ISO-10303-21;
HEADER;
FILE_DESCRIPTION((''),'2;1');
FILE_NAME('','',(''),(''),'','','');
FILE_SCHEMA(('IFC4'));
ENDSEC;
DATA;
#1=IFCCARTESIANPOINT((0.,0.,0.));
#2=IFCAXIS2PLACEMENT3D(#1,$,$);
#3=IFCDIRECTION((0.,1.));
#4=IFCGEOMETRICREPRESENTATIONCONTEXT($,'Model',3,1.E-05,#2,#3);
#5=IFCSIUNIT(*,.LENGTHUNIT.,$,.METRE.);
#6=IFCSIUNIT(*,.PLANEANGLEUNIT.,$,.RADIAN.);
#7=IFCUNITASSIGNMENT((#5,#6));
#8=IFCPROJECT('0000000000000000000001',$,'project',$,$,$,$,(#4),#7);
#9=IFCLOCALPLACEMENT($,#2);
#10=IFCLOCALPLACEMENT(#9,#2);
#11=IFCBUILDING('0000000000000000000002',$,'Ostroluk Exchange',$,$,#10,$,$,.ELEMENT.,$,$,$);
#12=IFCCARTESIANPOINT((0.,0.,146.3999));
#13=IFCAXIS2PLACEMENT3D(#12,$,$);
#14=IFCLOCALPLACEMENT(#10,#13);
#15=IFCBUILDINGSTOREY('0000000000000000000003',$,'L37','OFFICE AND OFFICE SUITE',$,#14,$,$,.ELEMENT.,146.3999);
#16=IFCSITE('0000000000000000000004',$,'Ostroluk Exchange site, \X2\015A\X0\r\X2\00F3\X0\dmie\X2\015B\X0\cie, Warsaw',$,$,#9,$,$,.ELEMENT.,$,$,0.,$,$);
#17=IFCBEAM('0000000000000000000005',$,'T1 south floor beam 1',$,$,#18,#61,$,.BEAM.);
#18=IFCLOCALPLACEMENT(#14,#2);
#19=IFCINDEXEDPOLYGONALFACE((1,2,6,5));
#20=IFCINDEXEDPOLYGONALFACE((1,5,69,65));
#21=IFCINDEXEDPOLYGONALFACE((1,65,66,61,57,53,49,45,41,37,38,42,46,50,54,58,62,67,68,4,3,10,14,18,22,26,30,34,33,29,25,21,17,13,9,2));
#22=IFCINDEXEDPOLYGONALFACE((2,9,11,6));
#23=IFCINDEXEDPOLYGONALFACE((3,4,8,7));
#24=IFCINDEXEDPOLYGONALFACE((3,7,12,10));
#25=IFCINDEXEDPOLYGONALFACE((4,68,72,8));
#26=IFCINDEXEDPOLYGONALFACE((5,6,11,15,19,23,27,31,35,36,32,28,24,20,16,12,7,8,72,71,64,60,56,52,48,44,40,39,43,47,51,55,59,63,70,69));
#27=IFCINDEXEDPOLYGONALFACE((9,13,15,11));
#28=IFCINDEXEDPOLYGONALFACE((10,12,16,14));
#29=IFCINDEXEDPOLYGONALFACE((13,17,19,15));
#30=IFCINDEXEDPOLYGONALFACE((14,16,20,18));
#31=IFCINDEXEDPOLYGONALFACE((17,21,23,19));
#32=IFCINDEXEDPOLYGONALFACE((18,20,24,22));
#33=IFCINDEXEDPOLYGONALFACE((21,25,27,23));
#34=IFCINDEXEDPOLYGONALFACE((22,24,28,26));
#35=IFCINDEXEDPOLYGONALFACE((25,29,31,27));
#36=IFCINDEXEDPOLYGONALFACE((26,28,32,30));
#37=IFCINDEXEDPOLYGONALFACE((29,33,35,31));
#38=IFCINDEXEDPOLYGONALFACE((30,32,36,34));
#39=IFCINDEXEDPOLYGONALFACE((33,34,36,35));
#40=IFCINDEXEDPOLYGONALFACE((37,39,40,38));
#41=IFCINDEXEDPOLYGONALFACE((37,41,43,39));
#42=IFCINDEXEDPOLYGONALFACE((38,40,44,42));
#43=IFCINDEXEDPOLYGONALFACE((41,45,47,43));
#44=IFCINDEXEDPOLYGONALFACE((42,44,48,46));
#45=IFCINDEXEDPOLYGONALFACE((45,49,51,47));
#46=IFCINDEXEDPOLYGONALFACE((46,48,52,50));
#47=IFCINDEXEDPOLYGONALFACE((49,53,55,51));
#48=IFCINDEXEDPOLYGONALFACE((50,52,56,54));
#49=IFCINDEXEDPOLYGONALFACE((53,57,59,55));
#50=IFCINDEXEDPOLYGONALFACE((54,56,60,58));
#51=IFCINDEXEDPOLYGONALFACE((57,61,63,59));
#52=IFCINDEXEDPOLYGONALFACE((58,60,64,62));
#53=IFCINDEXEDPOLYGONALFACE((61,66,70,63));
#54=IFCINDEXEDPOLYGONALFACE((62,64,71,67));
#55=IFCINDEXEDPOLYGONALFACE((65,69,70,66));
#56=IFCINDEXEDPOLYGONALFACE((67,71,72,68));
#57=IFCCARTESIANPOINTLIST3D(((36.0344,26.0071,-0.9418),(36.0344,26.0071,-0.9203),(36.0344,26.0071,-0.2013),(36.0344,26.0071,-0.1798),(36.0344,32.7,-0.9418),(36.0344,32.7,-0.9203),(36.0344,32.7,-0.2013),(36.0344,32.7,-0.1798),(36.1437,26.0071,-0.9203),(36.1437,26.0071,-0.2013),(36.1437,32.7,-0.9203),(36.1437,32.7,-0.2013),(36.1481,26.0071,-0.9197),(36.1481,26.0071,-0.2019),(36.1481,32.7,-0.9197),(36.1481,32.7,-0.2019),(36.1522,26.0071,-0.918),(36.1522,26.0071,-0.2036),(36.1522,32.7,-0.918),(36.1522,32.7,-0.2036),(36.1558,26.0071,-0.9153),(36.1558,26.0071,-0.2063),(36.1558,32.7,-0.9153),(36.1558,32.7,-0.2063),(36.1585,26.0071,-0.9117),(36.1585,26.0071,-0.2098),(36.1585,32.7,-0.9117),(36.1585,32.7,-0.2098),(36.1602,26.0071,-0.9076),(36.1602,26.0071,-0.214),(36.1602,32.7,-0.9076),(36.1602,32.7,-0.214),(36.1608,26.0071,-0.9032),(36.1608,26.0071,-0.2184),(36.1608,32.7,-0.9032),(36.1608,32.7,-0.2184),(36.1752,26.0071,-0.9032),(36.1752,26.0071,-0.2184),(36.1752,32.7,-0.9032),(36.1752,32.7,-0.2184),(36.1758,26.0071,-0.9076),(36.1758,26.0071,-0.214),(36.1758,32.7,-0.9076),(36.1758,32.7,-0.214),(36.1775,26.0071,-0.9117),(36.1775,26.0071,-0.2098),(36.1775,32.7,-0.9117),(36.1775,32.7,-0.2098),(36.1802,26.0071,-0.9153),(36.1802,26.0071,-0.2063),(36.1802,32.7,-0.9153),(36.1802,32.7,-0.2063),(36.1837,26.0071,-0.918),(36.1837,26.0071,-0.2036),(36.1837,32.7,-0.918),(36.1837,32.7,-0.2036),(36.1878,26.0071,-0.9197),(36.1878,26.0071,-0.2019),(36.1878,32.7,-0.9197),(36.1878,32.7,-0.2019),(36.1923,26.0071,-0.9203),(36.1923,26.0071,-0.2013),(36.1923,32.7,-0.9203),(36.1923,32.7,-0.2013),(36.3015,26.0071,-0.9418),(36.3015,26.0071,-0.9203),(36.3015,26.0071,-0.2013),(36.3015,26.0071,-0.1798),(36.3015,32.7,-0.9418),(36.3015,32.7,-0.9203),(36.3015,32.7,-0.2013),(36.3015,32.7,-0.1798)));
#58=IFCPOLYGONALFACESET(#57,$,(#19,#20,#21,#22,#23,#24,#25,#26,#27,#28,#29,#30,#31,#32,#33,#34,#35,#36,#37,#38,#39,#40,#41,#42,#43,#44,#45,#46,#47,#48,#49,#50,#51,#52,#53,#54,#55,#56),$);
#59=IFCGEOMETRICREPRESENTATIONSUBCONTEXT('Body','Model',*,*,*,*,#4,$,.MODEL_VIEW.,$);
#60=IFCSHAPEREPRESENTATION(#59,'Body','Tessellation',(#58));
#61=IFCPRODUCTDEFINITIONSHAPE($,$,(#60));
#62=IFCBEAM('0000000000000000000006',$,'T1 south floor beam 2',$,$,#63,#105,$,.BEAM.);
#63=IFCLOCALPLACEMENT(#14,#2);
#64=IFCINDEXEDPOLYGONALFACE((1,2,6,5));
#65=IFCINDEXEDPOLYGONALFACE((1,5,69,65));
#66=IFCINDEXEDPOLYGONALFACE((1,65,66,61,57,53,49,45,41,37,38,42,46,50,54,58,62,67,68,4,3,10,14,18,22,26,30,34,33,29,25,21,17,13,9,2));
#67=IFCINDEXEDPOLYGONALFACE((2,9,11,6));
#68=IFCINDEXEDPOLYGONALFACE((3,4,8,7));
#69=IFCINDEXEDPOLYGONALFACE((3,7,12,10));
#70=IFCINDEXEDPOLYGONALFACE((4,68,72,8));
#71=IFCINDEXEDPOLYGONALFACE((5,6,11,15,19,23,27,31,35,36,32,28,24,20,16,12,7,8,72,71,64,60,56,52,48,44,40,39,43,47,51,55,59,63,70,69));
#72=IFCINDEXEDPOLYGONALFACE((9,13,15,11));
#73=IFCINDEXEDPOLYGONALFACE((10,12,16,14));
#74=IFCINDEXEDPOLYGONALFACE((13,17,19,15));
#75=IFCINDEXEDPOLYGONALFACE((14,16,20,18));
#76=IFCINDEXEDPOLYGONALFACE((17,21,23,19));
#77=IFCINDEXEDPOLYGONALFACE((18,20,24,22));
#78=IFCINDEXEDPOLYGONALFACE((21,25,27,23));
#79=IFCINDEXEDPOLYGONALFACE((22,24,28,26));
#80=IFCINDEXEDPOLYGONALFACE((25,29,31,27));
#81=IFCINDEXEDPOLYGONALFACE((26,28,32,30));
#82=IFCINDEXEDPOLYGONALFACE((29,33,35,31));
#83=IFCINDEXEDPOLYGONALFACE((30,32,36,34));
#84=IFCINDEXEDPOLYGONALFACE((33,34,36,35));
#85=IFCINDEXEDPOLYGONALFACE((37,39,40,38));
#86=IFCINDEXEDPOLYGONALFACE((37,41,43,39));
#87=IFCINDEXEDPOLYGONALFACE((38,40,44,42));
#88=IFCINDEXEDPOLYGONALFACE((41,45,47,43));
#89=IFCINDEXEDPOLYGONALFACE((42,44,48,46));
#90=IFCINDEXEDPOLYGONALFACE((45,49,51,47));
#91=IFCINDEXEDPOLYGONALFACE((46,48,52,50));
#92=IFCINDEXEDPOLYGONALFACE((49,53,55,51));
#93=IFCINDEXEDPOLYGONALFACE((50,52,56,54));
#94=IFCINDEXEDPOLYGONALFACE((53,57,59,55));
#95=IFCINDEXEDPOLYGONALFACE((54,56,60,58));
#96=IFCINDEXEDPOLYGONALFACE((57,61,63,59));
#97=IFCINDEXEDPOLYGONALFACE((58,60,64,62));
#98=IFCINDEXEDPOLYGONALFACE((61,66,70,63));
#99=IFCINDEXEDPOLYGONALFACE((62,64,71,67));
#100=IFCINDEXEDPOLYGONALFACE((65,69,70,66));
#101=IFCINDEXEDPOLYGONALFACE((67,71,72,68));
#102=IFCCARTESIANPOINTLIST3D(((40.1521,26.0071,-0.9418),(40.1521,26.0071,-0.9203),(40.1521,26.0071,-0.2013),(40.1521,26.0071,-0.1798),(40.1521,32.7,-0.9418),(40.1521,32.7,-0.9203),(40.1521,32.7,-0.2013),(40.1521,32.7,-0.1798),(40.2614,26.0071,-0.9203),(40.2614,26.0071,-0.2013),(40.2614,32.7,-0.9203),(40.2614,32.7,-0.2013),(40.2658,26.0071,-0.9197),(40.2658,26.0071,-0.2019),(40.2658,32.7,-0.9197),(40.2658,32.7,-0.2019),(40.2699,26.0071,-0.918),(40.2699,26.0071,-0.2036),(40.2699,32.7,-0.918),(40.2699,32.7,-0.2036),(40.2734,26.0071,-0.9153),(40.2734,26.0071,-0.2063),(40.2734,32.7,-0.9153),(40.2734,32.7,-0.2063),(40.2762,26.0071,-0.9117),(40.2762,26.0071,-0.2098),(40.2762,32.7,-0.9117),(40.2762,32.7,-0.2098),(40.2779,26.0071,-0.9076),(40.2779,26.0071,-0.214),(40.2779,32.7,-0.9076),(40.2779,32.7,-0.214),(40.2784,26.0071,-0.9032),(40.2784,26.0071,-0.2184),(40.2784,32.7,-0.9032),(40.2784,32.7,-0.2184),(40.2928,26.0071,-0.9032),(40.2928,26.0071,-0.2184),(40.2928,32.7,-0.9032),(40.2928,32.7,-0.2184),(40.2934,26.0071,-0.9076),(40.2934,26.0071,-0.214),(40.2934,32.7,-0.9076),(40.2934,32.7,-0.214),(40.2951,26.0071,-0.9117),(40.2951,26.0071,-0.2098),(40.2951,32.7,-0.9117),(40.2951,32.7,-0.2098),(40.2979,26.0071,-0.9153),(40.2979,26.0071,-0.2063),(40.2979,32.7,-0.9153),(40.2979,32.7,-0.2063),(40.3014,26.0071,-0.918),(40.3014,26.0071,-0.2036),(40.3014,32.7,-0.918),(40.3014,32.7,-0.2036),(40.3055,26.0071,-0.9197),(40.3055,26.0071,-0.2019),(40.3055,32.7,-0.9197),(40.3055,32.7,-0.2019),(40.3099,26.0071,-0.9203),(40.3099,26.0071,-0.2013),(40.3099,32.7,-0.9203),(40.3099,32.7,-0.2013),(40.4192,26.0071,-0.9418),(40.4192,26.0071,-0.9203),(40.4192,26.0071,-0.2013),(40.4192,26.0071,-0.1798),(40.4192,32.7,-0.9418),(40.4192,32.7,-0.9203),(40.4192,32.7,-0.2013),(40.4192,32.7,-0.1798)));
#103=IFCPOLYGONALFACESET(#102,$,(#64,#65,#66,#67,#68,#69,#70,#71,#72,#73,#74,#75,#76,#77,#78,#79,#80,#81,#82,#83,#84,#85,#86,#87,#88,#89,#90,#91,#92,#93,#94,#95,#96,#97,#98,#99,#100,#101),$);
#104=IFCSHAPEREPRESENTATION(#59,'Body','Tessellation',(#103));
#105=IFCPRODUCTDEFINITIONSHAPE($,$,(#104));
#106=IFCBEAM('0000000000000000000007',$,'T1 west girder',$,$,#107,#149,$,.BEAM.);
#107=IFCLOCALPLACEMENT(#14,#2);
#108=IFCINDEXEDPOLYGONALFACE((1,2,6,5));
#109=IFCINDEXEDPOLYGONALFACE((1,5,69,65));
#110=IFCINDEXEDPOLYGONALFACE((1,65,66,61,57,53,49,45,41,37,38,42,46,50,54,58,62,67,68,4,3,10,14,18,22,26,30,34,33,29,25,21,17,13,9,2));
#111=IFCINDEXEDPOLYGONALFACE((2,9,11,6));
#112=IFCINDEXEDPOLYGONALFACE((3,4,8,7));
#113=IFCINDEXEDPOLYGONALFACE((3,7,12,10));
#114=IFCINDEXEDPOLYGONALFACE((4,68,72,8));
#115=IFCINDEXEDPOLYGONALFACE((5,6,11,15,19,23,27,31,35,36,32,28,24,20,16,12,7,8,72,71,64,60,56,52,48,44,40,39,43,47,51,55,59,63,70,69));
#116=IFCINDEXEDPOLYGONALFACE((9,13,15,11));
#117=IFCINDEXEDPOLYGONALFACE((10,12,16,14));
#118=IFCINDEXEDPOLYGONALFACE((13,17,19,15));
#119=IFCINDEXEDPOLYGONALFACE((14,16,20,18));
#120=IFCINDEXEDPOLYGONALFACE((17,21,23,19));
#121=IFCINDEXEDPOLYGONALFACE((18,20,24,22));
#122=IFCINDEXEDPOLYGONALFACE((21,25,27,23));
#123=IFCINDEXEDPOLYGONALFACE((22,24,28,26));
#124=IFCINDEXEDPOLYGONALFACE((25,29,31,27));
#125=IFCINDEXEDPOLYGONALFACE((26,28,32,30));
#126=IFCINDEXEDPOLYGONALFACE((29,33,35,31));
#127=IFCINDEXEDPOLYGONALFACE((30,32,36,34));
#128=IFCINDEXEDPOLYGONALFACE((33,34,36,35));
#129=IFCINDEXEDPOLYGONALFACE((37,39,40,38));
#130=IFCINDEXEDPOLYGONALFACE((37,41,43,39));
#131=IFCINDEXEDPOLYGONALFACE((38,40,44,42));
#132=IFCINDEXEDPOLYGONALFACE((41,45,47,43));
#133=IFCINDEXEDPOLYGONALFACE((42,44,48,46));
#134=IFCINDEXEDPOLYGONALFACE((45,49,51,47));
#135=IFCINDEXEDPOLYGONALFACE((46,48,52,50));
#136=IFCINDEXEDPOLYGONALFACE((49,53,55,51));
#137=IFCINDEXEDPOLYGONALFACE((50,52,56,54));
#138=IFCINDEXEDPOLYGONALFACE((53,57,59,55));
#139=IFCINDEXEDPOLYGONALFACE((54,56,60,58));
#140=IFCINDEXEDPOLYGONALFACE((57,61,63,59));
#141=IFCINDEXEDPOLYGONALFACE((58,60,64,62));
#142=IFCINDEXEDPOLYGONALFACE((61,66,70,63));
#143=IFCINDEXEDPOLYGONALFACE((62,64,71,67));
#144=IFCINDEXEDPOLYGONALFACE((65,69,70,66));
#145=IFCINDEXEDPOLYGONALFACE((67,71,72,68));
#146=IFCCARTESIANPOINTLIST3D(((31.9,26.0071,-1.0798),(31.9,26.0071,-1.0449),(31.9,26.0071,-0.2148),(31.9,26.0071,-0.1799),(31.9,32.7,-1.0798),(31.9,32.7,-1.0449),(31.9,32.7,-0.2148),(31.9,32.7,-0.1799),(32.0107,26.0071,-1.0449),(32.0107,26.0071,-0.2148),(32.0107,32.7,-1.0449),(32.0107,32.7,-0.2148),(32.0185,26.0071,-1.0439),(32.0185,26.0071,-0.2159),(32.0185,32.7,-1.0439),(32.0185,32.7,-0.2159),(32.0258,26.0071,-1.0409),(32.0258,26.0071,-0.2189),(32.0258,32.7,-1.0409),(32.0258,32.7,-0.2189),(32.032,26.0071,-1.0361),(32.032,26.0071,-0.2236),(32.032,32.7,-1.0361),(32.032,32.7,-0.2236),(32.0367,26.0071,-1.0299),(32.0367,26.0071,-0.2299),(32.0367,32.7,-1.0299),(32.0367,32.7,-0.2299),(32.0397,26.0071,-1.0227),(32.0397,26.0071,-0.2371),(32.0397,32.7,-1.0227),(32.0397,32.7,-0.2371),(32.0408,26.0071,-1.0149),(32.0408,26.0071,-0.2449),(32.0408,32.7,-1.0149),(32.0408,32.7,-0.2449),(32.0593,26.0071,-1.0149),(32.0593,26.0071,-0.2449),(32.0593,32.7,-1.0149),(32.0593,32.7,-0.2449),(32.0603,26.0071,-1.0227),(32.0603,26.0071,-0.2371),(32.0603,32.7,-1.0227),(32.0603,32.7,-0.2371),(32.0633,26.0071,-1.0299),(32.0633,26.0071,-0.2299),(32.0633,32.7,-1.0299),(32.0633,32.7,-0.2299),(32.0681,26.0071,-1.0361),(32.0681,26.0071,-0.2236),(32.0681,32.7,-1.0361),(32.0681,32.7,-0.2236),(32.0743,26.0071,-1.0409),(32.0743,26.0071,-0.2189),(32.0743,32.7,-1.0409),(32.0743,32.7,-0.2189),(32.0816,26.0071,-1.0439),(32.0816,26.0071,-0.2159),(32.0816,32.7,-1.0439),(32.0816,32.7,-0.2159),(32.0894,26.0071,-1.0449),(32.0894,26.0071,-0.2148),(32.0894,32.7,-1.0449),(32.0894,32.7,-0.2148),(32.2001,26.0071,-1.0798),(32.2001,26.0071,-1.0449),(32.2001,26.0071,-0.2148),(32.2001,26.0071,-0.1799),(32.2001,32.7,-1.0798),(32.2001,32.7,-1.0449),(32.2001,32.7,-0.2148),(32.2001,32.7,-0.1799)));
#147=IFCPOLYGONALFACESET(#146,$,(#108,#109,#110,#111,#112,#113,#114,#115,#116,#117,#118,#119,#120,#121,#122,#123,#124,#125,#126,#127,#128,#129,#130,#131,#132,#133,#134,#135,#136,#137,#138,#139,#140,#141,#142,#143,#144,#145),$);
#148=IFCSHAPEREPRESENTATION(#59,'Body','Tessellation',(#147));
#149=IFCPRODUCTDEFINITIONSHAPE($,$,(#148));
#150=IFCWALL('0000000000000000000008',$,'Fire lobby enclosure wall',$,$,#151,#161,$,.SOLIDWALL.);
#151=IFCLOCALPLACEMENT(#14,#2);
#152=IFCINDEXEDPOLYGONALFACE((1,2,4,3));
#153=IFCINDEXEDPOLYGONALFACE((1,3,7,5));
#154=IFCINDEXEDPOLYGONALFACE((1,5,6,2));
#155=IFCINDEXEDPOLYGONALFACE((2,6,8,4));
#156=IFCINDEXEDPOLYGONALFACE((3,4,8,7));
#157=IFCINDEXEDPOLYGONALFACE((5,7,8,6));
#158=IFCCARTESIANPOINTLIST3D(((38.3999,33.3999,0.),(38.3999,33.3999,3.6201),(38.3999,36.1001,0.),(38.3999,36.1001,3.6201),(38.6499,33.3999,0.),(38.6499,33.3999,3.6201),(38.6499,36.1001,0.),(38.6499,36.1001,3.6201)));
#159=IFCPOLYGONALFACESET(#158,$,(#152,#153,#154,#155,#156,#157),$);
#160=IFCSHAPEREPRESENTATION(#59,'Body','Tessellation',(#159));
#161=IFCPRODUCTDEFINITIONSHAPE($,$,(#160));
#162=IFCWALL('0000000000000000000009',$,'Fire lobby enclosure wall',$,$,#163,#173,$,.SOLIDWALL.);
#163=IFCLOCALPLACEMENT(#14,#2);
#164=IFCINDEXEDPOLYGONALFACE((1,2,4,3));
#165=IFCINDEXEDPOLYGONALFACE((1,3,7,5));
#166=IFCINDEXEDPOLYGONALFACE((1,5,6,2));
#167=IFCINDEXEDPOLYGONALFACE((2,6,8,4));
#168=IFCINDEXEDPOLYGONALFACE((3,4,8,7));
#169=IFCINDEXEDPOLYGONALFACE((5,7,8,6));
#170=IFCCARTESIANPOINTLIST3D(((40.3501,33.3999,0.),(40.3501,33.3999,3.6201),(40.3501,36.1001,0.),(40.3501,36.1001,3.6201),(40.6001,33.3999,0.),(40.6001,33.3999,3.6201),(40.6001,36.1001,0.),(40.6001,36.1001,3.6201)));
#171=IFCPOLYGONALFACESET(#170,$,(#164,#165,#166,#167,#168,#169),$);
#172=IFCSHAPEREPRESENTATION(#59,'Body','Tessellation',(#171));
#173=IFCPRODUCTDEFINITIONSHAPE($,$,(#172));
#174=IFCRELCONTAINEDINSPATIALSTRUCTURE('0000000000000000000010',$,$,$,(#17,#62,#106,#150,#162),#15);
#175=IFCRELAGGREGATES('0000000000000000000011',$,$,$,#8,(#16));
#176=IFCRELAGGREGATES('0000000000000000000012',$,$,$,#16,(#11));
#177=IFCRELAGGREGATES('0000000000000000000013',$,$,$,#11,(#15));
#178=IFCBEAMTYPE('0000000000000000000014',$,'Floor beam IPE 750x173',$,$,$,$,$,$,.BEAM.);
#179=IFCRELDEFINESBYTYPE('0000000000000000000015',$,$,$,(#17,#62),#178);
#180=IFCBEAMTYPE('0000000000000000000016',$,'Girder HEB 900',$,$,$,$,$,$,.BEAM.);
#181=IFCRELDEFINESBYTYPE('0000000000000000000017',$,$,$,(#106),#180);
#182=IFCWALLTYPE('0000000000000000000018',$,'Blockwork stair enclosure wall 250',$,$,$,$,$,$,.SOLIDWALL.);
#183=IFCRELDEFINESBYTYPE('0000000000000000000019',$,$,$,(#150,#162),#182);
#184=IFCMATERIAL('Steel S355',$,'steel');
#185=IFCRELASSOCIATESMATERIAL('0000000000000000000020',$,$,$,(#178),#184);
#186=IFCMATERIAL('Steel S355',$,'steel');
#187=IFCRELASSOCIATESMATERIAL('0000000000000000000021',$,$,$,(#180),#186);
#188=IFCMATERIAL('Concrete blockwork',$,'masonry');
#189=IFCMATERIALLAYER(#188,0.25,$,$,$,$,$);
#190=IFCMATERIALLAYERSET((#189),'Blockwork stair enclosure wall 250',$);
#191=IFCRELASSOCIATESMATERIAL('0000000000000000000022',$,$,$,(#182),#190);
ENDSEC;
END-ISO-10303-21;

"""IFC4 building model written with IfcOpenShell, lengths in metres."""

from ifc_helpers import new_model, si_unit, direction, frame, frame_2d, origin, origin_2d, place, context, subcontext, project, spatial, rectangle, i_section, extrude, material, layer, layer_set, material_profile, profile_set, type_object, element, save


model = new_model("IFC4")

# Units and contexts
model_context = context("Model", 3, precision=1e-05, world=origin(), true_north=direction((0.0, 1.0)))
body_context = subcontext(model_context, "Body", "Model", "MODEL_VIEW")
ifc_project = project(units=[si_unit("LENGTHUNIT", "METRE"), si_unit("PLANEANGLEUNIT", "RADIAN")], contexts=[model_context])

# Site, building, storey
site_placement = place(None, origin())
site = spatial("IfcSite", under=ifc_project, at=site_placement, Name="Ostroluk Exchange site, Śródmieście, Warsaw", CompositionType="ELEMENT", RefElevation=0.0)
building_placement = place(site_placement, origin())
building = spatial("IfcBuilding", under=site, at=building_placement, Name="Ostroluk Exchange", CompositionType="ELEMENT")
storey_placement = place(building_placement, frame((0.0, 0.0, 146.3999)))
storey = spatial("IfcBuildingStorey", under=building, at=storey_placement, Name="L37", Description="OFFICE AND OFFICE SUITE", CompositionType="ELEMENT", Elevation=146.3999)

# Beams
ifc_material_1 = material(Name="Steel S355", Category="steel")
ifc_material_profile_1 = material_profile(ifc_material_1, i_section(OverallWidth=0.2671, OverallDepth=0.762, WebThickness=0.0144, FlangeThickness=0.0215, FilletRadius=0.0171, at=origin_2d()), Name="IPE 750x173")
ifc_profile_set_1 = profile_set([ifc_material_profile_1], Name="Steel S355")
beam_type_1 = type_object("IfcBeamType", Name="Floor beam IPE 750x173", PredefinedType="BEAM", material=ifc_profile_set_1)
for number, where, z_axis, x_axis, name in (
    (1, (36.168, 32.7, -0.5608), (0.0, -1.0, 0.0), (1.0, 0.0, 0.0), "T1 south floor beam 1"),
    (2, (40.2856, 32.7, -0.5608), (0.0, -1.0, 0.0), (1.0, 0.0, 0.0), "T1 south floor beam 2"),
):
    element("IfcBeam", number, at=place(storey_placement, frame(where, z_axis=z_axis, x_axis=x_axis)), inside=storey, type_object=beam_type_1, Name=name, PredefinedType="BEAM", context=body_context, shape_type="SweptSolid", body=[
        extrude(i_section(OverallWidth=0.2671, OverallDepth=0.762, WebThickness=0.0144, FlangeThickness=0.0215, FilletRadius=0.0171, at=origin_2d()), origin(), (0.0, 0.0, 1.0), 6.6929),
    ])
ifc_material_2 = material(Name="Steel S355", Category="steel")
ifc_material_profile_2 = material_profile(ifc_material_2, i_section(OverallWidth=0.3, OverallDepth=0.8999, WebThickness=0.0186, FlangeThickness=0.0349, FilletRadius=0.03, at=origin_2d()), Name="HEB 900")
ifc_profile_set_2 = profile_set([ifc_material_profile_2], Name="Steel S355")
beam_type_2 = type_object("IfcBeamType", Name="Girder HEB 900", PredefinedType="BEAM", material=ifc_profile_set_2)
beam_placement = place(storey_placement, frame((32.05, 32.7, -0.6299), z_axis=(0.0, -1.0, 0.0), x_axis=(1.0, 0.0, 0.0)))
element("IfcBeam", 3, at=beam_placement, inside=storey, type_object=beam_type_2, Name="T1 west girder", PredefinedType="BEAM", context=body_context, shape_type="SweptSolid", body=[
    extrude(i_section(OverallWidth=0.3, OverallDepth=0.8999, WebThickness=0.0186, FlangeThickness=0.0349, FilletRadius=0.03, at=origin_2d()), origin(), (0.0, 0.0, 1.0), 6.6929),
])

# Walls
ifc_material_3 = material(Name="Concrete blockwork", Category="masonry")
ifc_layer_1 = layer(ifc_material_3, 0.25)
ifc_layer_set_1 = layer_set([ifc_layer_1], Name="Blockwork stair enclosure wall 250")
wall_type_1 = type_object("IfcWallType", Name="Blockwork stair enclosure wall 250", PredefinedType="SOLIDWALL", material=ifc_layer_set_1)
for number, where, z_axis, x_axis, name in (
    (4, (38.5249, 33.3999, 0.0), (0.0, 0.0, 1.0), (0.0, 1.0, 0.0), "Fire lobby enclosure wall"),
    (5, (40.4751, 33.3999, 0.0), (0.0, 0.0, 1.0), (0.0, 1.0, 0.0), "Fire lobby enclosure wall"),
):
    element("IfcWall", number, at=place(storey_placement, frame(where, z_axis=z_axis, x_axis=x_axis)), inside=storey, type_object=wall_type_1, Name=name, PredefinedType="SOLIDWALL", context=body_context, shape_type="SweptSolid", body=[
        extrude(rectangle(XDim=2.7002, YDim=0.25, at=frame_2d((1.3501, 0.0))), origin(), (0.0, 0.0, 1.0), 3.6201),
    ])

save(model, "model.ifc")
